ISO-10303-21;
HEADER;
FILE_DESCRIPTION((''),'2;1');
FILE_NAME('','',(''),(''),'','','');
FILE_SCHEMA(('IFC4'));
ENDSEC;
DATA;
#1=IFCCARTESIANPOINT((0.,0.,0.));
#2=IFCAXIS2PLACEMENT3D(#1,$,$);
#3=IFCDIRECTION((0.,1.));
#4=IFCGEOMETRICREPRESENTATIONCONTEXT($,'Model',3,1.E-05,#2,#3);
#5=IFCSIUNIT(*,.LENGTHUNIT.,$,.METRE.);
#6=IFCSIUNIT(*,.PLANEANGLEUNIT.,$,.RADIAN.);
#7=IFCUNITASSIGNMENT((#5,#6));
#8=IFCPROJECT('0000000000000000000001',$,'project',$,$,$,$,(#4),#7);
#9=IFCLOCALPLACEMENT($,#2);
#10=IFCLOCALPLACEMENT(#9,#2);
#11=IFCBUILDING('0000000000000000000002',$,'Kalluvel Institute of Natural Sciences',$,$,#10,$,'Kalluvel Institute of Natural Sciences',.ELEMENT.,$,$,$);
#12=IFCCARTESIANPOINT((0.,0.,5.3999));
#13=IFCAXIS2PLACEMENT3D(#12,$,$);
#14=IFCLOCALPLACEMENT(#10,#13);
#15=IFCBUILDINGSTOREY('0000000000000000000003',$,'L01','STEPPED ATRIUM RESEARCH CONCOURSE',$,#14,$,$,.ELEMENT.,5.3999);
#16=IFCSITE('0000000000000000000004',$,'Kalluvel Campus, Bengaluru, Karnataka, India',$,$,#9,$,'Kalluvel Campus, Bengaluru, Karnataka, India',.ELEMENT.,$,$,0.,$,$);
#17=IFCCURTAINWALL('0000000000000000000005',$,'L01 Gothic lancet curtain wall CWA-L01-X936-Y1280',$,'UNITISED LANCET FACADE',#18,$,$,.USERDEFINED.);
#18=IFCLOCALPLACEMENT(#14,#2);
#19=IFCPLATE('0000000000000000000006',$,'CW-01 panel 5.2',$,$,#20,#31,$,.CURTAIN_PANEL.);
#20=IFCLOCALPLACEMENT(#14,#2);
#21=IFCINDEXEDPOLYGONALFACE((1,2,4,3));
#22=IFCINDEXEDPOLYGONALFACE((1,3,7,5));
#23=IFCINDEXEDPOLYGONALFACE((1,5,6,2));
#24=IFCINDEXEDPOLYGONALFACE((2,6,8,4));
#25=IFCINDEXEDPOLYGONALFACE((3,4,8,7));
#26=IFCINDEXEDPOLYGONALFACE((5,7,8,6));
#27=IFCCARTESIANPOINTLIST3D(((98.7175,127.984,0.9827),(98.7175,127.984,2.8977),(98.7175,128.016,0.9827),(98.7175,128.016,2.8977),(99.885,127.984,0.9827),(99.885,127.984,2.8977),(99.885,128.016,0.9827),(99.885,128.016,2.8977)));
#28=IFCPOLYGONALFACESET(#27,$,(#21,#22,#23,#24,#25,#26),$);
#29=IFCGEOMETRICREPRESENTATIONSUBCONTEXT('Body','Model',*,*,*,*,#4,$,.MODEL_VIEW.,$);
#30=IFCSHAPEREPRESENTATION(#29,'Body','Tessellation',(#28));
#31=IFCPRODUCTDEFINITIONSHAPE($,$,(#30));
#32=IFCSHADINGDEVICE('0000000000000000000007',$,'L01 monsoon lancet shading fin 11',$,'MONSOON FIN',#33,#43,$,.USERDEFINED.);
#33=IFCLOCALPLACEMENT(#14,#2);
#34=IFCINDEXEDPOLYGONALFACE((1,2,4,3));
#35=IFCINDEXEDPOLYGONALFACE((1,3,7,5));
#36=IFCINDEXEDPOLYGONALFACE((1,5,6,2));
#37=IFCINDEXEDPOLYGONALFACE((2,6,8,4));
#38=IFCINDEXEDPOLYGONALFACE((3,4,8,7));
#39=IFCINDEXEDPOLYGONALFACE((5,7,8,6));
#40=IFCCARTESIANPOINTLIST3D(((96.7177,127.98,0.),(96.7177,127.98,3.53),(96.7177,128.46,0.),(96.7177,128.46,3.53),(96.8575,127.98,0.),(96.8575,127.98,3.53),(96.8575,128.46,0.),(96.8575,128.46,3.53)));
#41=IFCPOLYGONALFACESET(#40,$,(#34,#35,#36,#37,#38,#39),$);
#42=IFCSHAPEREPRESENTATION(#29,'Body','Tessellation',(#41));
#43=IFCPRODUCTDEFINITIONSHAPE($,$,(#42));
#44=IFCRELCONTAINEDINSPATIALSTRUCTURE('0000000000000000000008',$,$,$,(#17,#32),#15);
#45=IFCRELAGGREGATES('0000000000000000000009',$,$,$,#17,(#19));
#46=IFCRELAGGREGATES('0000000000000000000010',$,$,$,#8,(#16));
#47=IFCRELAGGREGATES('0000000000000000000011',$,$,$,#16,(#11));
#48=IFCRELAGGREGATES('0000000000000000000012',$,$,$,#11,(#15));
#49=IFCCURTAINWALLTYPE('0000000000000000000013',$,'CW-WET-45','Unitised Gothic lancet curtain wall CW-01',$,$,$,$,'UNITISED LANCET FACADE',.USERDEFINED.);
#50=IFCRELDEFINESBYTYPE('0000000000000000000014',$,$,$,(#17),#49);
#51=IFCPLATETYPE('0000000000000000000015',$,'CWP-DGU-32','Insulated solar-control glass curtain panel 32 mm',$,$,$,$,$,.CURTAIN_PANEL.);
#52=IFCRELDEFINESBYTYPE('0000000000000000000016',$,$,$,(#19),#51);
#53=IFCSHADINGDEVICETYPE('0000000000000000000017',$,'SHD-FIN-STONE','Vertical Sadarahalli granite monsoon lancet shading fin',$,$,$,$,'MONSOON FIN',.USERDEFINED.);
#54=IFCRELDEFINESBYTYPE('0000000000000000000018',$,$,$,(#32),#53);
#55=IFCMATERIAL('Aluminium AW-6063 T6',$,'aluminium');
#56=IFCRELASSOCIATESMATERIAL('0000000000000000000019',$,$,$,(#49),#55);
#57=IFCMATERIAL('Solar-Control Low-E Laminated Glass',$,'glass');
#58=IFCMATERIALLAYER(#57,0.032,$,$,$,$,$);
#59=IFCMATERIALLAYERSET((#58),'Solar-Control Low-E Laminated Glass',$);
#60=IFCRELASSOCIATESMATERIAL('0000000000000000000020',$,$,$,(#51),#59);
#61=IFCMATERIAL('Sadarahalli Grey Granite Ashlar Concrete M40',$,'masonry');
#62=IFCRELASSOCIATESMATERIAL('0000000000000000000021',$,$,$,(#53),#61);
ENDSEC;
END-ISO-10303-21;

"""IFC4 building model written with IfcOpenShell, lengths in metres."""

from ifc_helpers import new_model, si_unit, direction, frame, origin, origin_2d, place, context, subcontext, project, spatial, rectangle, extrude, material, layer, layer_set, type_object, element, aggregate, save


model = new_model("IFC4")

# Units and contexts
model_context = context("Model", 3, precision=1e-05, world=origin(), true_north=direction((0.0, 1.0)))
body_context = subcontext(model_context, "Body", "Model", "MODEL_VIEW")
ifc_project = project(units=[si_unit("LENGTHUNIT", "METRE"), si_unit("PLANEANGLEUNIT", "RADIAN")], contexts=[model_context])

# Site, building, storey
site_placement = place(None, origin())
site = spatial("IfcSite", under=ifc_project, at=site_placement, Name="Kalluvel Campus, Bengaluru, Karnataka, India", LongName="Kalluvel Campus, Bengaluru, Karnataka, India", CompositionType="ELEMENT", RefElevation=0.0)
building_placement = place(site_placement, origin())
building = spatial("IfcBuilding", under=site, at=building_placement, Name="Kalluvel Institute of Natural Sciences", LongName="Kalluvel Institute of Natural Sciences", CompositionType="ELEMENT")
storey_placement = place(building_placement, frame((0.0, 0.0, 5.3999)))
storey = spatial("IfcBuildingStorey", under=building, at=storey_placement, Name="L01", Description="STEPPED ATRIUM RESEARCH CONCOURSE", CompositionType="ELEMENT", Elevation=5.3999)

# Curtain wall, plate
ifc_material_1 = material(Name="Aluminium AW-6063 T6", Category="aluminium")
curtain_wall_type = type_object("IfcCurtainWallType", Name="CW-WET-45", Description="Unitised Gothic lancet curtain wall CW-01", ElementType="UNITISED LANCET FACADE", PredefinedType="USERDEFINED", material=ifc_material_1)
curtain_wall_placement = place(storey_placement, origin())
curtain_wall = element("IfcCurtainWall", 1, at=curtain_wall_placement, inside=storey, type_object=curtain_wall_type, Name="L01 Gothic lancet curtain wall CWA-L01-X936-Y1280", ObjectType="UNITISED LANCET FACADE", PredefinedType="USERDEFINED")
ifc_material_2 = material(Name="Solar-Control Low-E Laminated Glass", Category="glass")
ifc_layer = layer(ifc_material_2, 0.032)
ifc_layer_set = layer_set([ifc_layer], Name="Solar-Control Low-E Laminated Glass")
plate_type = type_object("IfcPlateType", Name="CWP-DGU-32", Description="Insulated solar-control glass curtain panel 32 mm", PredefinedType="CURTAIN_PANEL", material=ifc_layer_set)
plate_1_placement = place(storey_placement, frame((99.3013, 128.0, 0.9827), z_axis=(0.0, 0.0, 1.0), x_axis=(1.0, 0.0, 0.0)))
plate_1 = element("IfcPlate", 2, at=plate_1_placement, type_object=plate_type, Name="CW-01 panel 5.2", PredefinedType="CURTAIN_PANEL", context=body_context, shape_type="SweptSolid", body=[
    extrude(rectangle(XDim=1.1675, YDim=0.032, at=origin_2d()), origin(), (0.0, 0.0, 1.0), 1.915),
])
aggregate(curtain_wall, [plate_1])

# Shading device
ifc_material_3 = material(Name="Sadarahalli Grey Granite Ashlar Concrete M40", Category="masonry")
shading_device_type = type_object("IfcShadingDeviceType", Name="SHD-FIN-STONE", Description="Vertical Sadarahalli granite monsoon lancet shading fin", ElementType="MONSOON FIN", PredefinedType="USERDEFINED", material=ifc_material_3)
shading_device_placement = place(storey_placement, frame((96.7876, 128.22, 0.0), z_axis=(0.0, 0.0, 1.0), x_axis=(1.0, 0.0, 0.0)))
element("IfcShadingDevice", 3, at=shading_device_placement, inside=storey, type_object=shading_device_type, Name="L01 monsoon lancet shading fin 11", ObjectType="MONSOON FIN", PredefinedType="USERDEFINED", context=body_context, shape_type="SweptSolid", body=[
    extrude(rectangle(XDim=0.1399, YDim=0.48, at=origin_2d()), origin(), (0.0, 0.0, 1.0), 3.53),
])

save(model, "model.ifc")
